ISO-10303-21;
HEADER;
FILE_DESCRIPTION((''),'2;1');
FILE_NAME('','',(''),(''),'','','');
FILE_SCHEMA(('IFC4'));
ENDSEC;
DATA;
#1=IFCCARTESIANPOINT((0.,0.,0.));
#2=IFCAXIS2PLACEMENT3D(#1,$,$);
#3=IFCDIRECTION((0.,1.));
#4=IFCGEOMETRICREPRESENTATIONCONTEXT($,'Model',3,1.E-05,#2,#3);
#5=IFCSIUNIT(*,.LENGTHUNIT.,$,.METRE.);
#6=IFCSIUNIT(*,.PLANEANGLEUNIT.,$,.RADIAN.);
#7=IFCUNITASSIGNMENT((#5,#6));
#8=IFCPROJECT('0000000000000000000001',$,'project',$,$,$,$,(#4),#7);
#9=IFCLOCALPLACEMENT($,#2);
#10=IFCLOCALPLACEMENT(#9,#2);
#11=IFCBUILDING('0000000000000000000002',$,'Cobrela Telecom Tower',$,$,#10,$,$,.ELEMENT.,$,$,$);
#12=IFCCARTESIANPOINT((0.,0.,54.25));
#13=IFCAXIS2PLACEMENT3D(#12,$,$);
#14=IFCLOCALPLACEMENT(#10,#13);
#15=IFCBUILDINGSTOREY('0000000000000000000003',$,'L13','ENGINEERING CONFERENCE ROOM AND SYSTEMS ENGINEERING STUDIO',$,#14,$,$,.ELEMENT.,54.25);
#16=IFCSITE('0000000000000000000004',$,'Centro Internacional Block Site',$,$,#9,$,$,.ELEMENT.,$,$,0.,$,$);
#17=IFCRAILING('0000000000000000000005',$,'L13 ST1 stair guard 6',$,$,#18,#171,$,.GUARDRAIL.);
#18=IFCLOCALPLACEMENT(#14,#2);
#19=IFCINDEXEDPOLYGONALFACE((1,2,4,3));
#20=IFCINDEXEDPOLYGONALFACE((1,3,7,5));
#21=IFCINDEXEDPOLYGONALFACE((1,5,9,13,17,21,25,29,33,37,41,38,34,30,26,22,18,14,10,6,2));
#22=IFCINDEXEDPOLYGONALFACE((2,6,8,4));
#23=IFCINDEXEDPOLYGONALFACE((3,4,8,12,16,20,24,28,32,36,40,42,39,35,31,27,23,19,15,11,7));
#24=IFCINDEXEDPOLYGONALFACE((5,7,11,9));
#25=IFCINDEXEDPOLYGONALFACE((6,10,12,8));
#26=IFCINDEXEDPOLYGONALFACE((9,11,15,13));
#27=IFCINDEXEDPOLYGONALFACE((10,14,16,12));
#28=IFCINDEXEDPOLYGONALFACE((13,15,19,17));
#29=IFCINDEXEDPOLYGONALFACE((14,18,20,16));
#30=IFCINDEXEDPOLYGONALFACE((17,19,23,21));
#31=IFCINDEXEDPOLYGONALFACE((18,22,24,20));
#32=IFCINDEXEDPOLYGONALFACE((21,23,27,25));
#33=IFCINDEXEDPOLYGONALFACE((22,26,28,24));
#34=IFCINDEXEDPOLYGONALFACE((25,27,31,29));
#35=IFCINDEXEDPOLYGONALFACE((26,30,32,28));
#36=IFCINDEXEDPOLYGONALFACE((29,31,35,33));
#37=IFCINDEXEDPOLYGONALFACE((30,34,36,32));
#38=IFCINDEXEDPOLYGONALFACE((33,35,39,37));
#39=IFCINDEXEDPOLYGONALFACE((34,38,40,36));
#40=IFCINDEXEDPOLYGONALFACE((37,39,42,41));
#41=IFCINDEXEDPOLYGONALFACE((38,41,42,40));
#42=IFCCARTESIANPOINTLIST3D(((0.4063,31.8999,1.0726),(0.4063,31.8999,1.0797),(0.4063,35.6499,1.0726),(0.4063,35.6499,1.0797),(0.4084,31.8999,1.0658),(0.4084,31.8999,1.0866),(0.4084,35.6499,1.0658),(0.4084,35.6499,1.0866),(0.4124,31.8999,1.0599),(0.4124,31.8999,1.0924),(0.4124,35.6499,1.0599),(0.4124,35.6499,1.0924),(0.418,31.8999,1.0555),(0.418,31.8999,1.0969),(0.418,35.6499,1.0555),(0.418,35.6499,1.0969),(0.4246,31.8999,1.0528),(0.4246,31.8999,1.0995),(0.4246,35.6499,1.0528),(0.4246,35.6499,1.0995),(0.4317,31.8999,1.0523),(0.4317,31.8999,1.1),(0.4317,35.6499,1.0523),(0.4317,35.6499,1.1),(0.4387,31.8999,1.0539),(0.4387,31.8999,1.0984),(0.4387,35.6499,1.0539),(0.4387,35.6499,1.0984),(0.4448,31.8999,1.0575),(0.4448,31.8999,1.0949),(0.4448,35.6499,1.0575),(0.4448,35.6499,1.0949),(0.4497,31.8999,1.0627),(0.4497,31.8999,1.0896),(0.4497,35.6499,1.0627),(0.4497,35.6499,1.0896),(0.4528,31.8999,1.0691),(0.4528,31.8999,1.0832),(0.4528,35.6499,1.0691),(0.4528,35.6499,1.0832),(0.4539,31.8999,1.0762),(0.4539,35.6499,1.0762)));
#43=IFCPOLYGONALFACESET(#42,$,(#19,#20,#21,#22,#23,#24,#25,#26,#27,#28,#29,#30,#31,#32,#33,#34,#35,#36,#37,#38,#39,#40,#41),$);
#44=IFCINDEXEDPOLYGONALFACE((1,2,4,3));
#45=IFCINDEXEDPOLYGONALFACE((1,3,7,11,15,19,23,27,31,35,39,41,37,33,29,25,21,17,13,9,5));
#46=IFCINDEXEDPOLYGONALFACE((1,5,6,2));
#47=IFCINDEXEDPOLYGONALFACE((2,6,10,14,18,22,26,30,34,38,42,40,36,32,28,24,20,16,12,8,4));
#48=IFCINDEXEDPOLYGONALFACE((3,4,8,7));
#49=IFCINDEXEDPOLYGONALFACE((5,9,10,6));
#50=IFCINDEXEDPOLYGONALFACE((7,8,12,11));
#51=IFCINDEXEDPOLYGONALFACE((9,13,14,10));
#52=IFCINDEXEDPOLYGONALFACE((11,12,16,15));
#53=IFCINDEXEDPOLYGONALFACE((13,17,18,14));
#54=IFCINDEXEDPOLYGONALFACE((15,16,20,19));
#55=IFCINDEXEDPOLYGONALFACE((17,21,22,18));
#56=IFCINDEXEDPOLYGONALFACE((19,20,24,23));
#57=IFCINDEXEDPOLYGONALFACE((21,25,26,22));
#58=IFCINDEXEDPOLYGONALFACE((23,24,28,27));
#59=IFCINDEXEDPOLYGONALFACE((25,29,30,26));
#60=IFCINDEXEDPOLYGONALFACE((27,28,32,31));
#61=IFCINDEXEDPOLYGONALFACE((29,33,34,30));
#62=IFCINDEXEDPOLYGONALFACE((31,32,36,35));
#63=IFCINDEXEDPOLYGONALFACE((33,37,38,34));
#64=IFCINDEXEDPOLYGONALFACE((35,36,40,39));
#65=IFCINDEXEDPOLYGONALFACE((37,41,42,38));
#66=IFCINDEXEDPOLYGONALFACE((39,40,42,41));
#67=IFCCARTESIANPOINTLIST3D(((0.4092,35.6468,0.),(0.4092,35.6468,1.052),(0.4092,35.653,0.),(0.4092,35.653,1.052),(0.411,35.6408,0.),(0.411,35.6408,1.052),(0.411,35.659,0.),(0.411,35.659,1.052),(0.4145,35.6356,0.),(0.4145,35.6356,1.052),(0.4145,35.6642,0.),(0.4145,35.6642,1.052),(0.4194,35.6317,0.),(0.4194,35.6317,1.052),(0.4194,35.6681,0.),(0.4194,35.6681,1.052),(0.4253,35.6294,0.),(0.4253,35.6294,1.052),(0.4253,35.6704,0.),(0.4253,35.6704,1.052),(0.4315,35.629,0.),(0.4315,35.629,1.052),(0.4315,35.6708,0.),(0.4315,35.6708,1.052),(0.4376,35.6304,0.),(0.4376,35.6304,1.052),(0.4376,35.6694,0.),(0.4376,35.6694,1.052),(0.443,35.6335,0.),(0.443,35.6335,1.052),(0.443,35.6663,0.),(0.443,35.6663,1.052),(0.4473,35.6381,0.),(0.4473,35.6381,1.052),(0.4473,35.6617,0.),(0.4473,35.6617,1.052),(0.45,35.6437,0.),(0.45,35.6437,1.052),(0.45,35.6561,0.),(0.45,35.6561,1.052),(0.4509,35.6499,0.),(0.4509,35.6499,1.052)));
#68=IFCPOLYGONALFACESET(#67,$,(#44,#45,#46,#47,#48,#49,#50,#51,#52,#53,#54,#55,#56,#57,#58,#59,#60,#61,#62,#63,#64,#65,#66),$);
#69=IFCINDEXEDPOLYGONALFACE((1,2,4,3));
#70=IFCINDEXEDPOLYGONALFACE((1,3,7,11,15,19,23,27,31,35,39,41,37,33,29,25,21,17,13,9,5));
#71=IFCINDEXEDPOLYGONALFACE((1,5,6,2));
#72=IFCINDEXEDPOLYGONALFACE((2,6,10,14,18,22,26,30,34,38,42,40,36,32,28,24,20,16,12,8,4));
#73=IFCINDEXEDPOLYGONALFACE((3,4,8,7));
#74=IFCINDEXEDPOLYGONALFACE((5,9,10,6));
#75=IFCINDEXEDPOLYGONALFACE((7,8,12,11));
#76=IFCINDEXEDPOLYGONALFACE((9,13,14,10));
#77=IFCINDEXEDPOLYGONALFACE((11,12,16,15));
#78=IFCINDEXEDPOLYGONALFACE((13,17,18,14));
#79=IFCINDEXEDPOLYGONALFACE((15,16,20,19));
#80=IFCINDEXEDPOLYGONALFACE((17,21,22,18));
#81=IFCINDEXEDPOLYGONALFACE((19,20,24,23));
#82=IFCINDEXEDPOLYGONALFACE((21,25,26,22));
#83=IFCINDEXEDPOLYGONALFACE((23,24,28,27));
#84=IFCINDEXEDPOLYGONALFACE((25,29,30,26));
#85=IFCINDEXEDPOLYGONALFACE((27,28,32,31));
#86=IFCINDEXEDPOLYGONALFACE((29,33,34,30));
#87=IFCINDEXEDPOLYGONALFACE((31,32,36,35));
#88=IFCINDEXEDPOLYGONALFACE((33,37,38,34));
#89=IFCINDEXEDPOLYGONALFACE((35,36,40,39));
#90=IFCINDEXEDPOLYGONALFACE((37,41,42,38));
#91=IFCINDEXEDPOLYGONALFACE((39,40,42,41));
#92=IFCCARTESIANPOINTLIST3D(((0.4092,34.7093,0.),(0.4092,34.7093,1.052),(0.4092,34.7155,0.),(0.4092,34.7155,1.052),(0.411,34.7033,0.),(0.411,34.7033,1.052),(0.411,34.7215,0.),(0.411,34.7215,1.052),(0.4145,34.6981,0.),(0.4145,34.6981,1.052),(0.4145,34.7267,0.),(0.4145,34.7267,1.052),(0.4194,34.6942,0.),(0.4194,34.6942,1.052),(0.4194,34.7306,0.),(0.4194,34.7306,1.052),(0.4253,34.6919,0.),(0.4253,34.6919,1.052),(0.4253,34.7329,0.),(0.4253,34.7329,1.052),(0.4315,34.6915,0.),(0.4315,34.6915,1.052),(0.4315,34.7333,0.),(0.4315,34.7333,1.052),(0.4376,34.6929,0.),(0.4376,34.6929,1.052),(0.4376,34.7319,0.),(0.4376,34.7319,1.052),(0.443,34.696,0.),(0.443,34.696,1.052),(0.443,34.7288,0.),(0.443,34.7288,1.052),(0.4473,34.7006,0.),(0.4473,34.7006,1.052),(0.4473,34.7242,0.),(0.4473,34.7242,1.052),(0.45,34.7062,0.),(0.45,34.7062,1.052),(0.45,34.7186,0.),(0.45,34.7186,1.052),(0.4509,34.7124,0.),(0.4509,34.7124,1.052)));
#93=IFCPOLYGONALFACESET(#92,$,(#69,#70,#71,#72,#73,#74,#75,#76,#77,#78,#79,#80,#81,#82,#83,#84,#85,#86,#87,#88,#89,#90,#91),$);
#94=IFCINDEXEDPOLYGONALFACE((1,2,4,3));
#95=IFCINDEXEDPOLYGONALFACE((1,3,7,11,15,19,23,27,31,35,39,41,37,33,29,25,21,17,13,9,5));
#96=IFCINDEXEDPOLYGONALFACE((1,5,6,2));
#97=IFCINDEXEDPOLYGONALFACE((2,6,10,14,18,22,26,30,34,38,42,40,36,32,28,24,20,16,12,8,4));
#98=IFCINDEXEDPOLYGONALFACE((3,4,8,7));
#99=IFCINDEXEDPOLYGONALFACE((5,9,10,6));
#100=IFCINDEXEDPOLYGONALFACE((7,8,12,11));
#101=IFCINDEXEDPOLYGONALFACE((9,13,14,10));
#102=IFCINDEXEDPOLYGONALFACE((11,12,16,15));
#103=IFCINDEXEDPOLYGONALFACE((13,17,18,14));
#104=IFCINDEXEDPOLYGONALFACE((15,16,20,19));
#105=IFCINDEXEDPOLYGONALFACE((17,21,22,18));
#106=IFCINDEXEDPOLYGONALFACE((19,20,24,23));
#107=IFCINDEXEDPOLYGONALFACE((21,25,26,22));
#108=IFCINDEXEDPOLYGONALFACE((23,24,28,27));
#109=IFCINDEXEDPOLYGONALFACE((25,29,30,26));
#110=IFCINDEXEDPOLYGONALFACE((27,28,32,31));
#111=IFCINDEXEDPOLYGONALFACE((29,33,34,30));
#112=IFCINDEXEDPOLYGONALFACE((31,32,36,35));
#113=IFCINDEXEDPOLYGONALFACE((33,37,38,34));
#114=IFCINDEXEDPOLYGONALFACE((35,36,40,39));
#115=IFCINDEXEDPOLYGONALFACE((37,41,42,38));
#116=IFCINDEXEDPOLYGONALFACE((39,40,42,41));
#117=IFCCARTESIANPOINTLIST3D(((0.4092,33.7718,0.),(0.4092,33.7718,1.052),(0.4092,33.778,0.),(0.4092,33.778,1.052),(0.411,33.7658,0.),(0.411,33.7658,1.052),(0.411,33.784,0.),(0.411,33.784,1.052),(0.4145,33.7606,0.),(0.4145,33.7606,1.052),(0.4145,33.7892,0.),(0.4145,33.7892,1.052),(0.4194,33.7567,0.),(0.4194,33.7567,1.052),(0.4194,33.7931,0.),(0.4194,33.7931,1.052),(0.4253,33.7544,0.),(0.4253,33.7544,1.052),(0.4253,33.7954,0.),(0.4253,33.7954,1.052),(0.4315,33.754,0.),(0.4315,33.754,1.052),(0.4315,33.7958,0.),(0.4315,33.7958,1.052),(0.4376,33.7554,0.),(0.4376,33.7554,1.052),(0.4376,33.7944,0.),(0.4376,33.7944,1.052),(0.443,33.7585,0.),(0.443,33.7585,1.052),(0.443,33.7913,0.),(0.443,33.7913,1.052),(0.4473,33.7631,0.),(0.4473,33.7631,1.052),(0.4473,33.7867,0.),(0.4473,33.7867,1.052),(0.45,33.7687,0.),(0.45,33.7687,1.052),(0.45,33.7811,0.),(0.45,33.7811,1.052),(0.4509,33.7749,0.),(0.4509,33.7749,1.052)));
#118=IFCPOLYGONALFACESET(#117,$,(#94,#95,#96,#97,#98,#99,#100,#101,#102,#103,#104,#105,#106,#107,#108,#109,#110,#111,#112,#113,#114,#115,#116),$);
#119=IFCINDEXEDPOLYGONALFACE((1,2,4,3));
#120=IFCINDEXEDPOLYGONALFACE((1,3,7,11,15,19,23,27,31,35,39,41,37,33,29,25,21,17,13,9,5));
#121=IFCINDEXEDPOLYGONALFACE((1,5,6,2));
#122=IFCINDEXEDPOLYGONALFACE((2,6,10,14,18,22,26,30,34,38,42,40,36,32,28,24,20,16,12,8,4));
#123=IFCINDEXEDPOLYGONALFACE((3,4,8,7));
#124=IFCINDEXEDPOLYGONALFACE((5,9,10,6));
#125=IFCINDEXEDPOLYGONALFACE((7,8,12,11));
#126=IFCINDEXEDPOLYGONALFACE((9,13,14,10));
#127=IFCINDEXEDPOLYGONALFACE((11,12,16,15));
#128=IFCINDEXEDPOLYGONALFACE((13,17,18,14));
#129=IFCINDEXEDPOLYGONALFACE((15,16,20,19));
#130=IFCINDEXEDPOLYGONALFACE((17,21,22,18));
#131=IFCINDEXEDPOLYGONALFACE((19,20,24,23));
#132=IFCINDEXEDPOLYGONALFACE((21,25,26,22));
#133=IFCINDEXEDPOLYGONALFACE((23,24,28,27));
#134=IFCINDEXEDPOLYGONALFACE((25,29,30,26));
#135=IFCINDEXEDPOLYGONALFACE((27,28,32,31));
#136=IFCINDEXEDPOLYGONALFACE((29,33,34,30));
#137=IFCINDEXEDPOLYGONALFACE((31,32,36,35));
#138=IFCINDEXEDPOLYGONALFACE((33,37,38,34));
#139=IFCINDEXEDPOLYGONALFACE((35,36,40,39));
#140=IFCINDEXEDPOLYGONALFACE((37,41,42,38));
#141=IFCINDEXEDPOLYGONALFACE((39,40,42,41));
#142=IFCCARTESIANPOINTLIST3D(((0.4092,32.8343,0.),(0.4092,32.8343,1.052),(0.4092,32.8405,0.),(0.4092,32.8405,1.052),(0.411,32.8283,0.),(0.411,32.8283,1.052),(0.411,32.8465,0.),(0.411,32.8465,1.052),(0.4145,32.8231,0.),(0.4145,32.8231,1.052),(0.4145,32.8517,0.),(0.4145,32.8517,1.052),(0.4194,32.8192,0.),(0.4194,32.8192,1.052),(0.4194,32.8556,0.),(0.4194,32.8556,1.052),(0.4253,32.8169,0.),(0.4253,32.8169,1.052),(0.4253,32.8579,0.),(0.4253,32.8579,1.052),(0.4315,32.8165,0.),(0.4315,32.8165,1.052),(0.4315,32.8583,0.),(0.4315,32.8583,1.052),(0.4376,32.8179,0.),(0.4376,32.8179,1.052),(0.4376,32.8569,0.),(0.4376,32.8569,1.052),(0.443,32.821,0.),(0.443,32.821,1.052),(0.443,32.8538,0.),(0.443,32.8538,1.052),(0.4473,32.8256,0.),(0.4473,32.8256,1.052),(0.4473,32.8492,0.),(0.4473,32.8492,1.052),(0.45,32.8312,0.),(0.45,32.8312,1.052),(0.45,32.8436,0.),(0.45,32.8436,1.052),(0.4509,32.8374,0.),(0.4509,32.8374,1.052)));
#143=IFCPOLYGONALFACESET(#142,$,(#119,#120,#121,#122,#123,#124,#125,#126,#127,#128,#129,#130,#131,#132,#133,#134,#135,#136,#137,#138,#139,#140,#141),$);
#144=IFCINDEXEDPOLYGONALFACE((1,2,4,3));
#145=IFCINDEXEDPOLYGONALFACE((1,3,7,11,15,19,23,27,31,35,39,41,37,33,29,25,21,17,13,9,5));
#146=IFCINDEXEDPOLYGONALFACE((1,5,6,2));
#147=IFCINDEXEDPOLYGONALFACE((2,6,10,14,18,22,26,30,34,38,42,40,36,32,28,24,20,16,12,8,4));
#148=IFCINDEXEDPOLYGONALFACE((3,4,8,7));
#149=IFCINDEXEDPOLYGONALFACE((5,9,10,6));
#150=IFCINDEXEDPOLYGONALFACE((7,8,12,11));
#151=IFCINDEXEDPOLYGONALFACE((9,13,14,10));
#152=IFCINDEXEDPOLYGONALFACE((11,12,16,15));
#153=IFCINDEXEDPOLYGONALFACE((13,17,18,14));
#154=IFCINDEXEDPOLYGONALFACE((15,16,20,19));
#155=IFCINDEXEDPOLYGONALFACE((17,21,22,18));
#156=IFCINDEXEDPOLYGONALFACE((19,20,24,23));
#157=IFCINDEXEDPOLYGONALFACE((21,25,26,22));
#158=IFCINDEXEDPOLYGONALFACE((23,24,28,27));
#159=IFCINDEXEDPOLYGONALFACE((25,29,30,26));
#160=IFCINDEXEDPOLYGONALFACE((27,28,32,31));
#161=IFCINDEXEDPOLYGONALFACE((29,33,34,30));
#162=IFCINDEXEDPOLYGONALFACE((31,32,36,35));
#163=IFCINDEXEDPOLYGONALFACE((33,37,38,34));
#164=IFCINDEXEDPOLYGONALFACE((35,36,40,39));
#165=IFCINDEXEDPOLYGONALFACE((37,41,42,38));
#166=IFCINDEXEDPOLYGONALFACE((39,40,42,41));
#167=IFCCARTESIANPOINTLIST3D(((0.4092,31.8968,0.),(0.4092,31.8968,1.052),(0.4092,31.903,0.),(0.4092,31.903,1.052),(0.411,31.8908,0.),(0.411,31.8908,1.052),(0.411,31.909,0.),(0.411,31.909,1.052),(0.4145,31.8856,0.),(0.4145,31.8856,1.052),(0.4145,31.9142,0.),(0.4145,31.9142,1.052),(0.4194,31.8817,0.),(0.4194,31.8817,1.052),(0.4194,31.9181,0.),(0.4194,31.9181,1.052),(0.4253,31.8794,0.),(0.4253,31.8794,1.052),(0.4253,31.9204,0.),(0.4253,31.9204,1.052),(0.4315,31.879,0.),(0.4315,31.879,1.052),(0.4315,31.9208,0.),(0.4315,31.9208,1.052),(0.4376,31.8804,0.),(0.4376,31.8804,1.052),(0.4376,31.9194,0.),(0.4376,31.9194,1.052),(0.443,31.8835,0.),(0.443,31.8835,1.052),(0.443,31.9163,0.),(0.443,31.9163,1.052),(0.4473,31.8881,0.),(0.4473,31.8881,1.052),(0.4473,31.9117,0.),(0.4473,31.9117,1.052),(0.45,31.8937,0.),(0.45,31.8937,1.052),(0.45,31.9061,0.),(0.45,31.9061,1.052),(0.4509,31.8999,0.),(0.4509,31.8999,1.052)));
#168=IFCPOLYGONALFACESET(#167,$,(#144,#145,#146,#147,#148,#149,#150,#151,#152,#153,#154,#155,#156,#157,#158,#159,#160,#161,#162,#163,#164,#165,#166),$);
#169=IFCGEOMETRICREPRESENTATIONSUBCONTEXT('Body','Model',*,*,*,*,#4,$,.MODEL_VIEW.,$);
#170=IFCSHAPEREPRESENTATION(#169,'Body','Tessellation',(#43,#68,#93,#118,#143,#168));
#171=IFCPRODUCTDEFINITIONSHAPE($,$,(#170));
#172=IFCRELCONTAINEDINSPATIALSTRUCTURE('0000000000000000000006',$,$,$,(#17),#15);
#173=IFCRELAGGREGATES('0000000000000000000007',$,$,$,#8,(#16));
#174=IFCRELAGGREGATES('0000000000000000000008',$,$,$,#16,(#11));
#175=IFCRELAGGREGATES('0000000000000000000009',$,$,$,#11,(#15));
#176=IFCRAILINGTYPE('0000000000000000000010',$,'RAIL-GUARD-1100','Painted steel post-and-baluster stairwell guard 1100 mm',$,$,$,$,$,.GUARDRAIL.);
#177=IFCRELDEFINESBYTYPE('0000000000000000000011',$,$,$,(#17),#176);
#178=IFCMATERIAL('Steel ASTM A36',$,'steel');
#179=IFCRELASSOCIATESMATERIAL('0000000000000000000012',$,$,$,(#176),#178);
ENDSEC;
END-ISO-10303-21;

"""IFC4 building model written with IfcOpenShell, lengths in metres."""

from ifc_helpers import new_model, si_unit, direction, frame, origin, origin_2d, place, context, subcontext, project, spatial, circle, extrude, material, type_object, element, save


model = new_model("IFC4")

# Units and contexts
model_context = context("Model", 3, precision=1e-05, world=origin(), true_north=direction((0.0, 1.0)))
body_context = subcontext(model_context, "Body", "Model", "MODEL_VIEW")
ifc_project = project(units=[si_unit("LENGTHUNIT", "METRE"), si_unit("PLANEANGLEUNIT", "RADIAN")], contexts=[model_context])

# Site, building, storey
site_placement = place(None, origin())
site = spatial("IfcSite", under=ifc_project, at=site_placement, Name="Centro Internacional Block Site", CompositionType="ELEMENT", RefElevation=0.0)
building_placement = place(site_placement, origin())
building = spatial("IfcBuilding", under=site, at=building_placement, Name="Cobrela Telecom Tower", CompositionType="ELEMENT")
storey_placement = place(building_placement, frame((0.0, 0.0, 54.25)))
storey = spatial("IfcBuildingStorey", under=building, at=storey_placement, Name="L13", Description="ENGINEERING CONFERENCE ROOM AND SYSTEMS ENGINEERING STUDIO", CompositionType="ELEMENT", Elevation=54.25)

# Shared definitions
ifc_material_1 = material(Name="Steel ASTM A36", Category="steel")

# Railing
railing_type_1 = type_object("IfcRailingType", Name="RAIL-GUARD-1100", Description="Painted steel post-and-baluster stairwell guard 1100 mm", PredefinedType="GUARDRAIL", material=ifc_material_1)
railing_1_placement = place(storey_placement, frame((0.4299, 35.6499, 0.0)))
element("IfcRailing", 1, at=railing_1_placement, inside=storey, type_object=railing_type_1, Name="L13 ST1 stair guard 6", PredefinedType="GUARDRAIL", context=body_context, shape_type="SweptSolid", body=[
    extrude(circle(Radius=0.0239, at=origin_2d()), frame((0.0, 0.0, 1.0762), z_axis=(0.0, -1.0, 0.0), x_axis=(1.0, 0.0, 0.0)), (0.0, 0.0, 1.0), 3.75),
    extrude(circle(Radius=0.021, at=origin_2d()), origin(), (0.0, 0.0, 1.0), 1.052),
    extrude(circle(Radius=0.021, at=origin_2d()), frame((0.0, -0.9375, 0.0)), (0.0, 0.0, 1.0), 1.052),
    extrude(circle(Radius=0.021, at=origin_2d()), frame((0.0, -1.875, 0.0)), (0.0, 0.0, 1.0), 1.052),
    extrude(circle(Radius=0.021, at=origin_2d()), frame((0.0, -2.8125, 0.0)), (0.0, 0.0, 1.0), 1.052),
    extrude(circle(Radius=0.021, at=origin_2d()), frame((0.0, -3.75, 0.0)), (0.0, 0.0, 1.0), 1.052),
])

save(model, "model.ifc")
